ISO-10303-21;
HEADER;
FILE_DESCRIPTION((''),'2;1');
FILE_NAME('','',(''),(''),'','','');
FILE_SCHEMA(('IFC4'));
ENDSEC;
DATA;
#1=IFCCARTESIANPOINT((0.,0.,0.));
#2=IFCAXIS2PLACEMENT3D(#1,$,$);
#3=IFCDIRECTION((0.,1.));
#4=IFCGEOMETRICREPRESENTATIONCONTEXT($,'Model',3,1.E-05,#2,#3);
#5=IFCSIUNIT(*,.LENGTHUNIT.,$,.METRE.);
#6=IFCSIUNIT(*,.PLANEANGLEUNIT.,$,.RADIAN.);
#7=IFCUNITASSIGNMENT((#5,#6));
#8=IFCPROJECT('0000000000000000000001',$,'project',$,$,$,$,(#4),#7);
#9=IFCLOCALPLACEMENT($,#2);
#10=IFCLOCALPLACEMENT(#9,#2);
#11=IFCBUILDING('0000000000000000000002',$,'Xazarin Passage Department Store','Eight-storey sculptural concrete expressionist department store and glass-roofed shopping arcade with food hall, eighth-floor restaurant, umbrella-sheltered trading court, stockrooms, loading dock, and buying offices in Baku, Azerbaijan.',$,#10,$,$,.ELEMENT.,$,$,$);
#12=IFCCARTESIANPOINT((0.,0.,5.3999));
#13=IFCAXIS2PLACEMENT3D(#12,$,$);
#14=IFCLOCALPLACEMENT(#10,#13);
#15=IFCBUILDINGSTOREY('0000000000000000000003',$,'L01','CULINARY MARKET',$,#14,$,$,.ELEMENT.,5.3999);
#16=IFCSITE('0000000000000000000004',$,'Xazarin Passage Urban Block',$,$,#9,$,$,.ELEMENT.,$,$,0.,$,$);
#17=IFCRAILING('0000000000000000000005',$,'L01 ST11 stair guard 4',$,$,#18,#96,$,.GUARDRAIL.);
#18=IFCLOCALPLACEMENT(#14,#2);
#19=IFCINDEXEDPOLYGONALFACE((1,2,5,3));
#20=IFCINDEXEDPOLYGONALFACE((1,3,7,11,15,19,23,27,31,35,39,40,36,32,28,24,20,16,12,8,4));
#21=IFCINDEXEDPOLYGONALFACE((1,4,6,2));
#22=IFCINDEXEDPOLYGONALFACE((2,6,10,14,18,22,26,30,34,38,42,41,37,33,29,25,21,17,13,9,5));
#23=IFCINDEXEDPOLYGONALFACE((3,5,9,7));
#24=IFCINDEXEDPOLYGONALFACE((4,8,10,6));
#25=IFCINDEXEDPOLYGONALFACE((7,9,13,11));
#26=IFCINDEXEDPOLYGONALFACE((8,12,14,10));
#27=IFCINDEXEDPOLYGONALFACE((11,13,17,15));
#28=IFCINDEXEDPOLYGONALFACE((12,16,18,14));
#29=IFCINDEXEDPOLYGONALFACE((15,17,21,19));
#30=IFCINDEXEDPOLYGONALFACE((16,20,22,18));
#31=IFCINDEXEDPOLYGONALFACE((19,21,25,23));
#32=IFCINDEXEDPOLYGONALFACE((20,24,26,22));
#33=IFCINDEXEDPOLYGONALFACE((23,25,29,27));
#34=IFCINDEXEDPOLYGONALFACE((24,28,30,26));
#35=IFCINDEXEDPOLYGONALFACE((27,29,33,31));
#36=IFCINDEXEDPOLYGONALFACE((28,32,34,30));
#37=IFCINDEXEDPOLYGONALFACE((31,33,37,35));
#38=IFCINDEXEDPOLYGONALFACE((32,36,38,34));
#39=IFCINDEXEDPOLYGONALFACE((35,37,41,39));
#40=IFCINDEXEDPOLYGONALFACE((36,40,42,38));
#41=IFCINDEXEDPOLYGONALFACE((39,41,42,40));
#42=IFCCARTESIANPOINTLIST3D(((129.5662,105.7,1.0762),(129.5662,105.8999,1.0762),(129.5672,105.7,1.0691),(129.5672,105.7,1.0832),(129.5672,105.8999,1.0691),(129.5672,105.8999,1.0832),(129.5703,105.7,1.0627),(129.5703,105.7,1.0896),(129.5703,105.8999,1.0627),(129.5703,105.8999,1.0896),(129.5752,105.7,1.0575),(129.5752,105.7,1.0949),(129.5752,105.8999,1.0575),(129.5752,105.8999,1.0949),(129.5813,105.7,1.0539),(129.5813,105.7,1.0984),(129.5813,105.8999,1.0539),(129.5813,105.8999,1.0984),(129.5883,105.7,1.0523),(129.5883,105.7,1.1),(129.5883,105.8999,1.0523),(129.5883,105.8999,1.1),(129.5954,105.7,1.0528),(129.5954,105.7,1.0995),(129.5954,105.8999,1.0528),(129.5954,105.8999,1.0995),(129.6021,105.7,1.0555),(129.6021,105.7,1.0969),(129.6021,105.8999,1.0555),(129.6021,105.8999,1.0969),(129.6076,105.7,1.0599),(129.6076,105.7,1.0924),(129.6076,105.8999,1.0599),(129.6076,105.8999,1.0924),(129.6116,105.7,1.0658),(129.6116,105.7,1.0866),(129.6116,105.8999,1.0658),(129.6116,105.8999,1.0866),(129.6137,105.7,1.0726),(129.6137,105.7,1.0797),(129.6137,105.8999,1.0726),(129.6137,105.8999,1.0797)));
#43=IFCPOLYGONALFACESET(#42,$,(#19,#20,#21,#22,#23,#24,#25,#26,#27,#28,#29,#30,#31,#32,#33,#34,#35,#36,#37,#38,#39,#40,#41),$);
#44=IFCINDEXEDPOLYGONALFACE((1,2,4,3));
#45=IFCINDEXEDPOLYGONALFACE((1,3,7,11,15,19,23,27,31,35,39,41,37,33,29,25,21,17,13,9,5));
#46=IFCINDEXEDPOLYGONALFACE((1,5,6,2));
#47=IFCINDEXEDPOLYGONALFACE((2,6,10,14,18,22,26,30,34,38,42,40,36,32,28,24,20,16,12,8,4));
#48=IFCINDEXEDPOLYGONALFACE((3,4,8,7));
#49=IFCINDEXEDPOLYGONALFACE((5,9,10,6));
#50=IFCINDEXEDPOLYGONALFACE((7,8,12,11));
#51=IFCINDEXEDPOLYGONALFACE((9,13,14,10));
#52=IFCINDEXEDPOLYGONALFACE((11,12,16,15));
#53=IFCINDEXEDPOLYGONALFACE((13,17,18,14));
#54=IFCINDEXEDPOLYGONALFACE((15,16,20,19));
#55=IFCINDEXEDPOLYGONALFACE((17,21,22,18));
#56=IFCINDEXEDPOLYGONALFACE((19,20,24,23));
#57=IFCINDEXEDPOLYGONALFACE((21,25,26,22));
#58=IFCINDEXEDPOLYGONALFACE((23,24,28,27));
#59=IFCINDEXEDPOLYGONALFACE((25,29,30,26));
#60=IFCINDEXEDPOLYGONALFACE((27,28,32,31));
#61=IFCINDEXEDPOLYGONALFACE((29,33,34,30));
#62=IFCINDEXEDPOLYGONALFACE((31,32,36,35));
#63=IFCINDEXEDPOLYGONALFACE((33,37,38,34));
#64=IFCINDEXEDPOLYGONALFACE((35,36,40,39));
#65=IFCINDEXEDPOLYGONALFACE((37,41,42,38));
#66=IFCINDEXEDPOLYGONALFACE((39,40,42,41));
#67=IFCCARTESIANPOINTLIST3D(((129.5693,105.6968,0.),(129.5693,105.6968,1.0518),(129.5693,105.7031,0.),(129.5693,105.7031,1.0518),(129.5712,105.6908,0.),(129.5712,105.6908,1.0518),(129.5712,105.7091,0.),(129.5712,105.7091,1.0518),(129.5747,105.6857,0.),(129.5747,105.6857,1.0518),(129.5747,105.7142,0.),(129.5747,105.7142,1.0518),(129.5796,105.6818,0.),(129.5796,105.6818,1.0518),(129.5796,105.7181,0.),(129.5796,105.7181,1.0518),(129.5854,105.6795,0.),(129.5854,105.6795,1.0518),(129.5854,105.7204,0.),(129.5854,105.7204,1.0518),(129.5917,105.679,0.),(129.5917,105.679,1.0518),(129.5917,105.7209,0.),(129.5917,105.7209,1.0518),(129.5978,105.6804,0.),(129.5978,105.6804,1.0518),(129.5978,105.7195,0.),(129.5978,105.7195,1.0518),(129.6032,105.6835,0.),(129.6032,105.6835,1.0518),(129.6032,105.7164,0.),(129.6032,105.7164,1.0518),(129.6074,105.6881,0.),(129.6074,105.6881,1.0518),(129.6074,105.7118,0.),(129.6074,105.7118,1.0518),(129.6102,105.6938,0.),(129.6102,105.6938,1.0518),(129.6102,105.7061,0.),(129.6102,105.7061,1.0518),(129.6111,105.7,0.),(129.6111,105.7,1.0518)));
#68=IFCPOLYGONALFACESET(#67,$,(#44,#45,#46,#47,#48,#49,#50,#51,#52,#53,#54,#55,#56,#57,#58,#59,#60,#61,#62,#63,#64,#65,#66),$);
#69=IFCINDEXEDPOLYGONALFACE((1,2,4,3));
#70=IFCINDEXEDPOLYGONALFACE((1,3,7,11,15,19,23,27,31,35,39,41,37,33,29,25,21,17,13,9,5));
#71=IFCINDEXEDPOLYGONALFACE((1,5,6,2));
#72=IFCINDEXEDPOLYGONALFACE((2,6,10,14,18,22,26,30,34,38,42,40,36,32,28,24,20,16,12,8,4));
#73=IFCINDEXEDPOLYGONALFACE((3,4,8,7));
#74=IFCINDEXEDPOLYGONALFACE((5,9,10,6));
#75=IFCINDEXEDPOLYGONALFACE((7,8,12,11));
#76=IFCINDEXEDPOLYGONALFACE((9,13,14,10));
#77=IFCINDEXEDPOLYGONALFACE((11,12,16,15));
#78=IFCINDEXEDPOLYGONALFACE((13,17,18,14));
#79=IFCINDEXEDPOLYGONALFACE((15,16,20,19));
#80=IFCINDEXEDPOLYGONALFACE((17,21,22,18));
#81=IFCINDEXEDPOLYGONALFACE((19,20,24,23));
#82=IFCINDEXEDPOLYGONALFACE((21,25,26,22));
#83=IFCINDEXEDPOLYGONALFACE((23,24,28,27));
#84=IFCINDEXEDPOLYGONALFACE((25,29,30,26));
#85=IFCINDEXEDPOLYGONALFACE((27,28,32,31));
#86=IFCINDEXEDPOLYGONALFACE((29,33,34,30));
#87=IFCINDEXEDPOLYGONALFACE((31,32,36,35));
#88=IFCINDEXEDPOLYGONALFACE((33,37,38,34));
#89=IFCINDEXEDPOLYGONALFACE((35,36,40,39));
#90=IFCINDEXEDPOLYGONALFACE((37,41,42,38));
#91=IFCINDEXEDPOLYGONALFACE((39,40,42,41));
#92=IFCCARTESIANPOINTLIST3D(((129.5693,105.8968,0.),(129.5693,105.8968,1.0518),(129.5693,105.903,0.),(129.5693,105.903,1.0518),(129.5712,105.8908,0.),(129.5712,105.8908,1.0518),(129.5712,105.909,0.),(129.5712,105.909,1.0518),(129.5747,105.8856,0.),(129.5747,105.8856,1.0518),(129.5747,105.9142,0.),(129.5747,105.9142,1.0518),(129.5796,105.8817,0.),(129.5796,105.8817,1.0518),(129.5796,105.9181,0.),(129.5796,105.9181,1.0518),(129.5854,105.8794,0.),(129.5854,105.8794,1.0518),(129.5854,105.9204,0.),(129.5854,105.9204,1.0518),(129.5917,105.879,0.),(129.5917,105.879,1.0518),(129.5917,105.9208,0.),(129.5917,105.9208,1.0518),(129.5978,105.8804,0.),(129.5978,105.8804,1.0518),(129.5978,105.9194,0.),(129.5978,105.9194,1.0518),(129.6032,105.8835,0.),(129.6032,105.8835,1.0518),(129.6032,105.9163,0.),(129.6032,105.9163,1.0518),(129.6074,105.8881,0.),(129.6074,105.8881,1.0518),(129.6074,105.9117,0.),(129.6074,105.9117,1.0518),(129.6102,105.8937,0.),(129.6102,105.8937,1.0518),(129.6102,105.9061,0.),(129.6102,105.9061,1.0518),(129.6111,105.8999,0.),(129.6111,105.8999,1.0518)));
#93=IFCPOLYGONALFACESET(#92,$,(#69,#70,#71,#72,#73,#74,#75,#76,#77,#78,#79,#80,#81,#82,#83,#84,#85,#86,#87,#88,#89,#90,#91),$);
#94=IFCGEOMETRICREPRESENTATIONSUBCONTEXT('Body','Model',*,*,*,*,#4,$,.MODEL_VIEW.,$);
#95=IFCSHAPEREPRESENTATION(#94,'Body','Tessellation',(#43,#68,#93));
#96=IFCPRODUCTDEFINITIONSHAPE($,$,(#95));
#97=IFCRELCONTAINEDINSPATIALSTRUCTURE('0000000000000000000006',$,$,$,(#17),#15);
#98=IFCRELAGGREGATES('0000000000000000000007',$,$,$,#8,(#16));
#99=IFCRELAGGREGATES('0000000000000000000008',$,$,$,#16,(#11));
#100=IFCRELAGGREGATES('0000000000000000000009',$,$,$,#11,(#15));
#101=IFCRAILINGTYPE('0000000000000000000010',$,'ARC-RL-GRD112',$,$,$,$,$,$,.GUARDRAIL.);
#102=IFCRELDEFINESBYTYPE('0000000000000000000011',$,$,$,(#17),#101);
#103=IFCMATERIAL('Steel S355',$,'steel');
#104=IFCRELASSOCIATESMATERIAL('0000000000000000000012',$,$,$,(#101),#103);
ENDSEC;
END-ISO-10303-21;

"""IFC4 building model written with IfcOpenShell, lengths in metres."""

from ifc_helpers import new_model, si_unit, direction, frame, origin, origin_2d, place, context, subcontext, project, spatial, circle, extrude, material, type_object, element, save


model = new_model("IFC4")

# Units and contexts
model_context = context("Model", 3, precision=1e-05, world=origin(), true_north=direction((0.0, 1.0)))
body_context = subcontext(model_context, "Body", "Model", "MODEL_VIEW")
ifc_project = project(units=[si_unit("LENGTHUNIT", "METRE"), si_unit("PLANEANGLEUNIT", "RADIAN")], contexts=[model_context])

# Site, building, storey
site_placement = place(None, origin())
site = spatial("IfcSite", under=ifc_project, at=site_placement, Name="Xazarin Passage Urban Block", CompositionType="ELEMENT", RefElevation=0.0)
building_placement = place(site_placement, origin())
building = spatial("IfcBuilding", under=site, at=building_placement, Name="Xazarin Passage Department Store", Description="Eight-storey sculptural concrete expressionist department store and glass-roofed shopping arcade with food hall, eighth-floor restaurant, umbrella-sheltered trading court, stockrooms, loading dock, and buying offices in Baku, Azerbaijan.", CompositionType="ELEMENT")
storey_placement = place(building_placement, frame((0.0, 0.0, 5.3999)))
storey = spatial("IfcBuildingStorey", under=building, at=storey_placement, Name="L01", Description="CULINARY MARKET", CompositionType="ELEMENT", Elevation=5.3999)

# Shared definitions
ifc_material_1 = material(Name="Steel S355", Category="steel")

# Railing
railing_type_1 = type_object("IfcRailingType", Name="ARC-RL-GRD112", PredefinedType="GUARDRAIL", material=ifc_material_1)
railing_1_placement = place(storey_placement, frame((129.5901, 105.7, 0.0)))
element("IfcRailing", 1, at=railing_1_placement, inside=storey, type_object=railing_type_1, Name="L01 ST11 stair guard 4", PredefinedType="GUARDRAIL", context=body_context, shape_type="SweptSolid", body=[
    extrude(circle(Radius=0.0239, at=origin_2d()), frame((0.0, 0.0, 1.0762), z_axis=(0.0, 1.0, 0.0), x_axis=(-1.0, 0.0, 0.0)), (0.0, 0.0, 1.0), 0.2),
    extrude(circle(Radius=0.021, at=origin_2d()), origin(), (0.0, 0.0, 1.0), 1.0518),
    extrude(circle(Radius=0.021, at=origin_2d()), frame((0.0, 0.2, 0.0)), (0.0, 0.0, 1.0), 1.0518),
])

save(model, "model.ifc")
